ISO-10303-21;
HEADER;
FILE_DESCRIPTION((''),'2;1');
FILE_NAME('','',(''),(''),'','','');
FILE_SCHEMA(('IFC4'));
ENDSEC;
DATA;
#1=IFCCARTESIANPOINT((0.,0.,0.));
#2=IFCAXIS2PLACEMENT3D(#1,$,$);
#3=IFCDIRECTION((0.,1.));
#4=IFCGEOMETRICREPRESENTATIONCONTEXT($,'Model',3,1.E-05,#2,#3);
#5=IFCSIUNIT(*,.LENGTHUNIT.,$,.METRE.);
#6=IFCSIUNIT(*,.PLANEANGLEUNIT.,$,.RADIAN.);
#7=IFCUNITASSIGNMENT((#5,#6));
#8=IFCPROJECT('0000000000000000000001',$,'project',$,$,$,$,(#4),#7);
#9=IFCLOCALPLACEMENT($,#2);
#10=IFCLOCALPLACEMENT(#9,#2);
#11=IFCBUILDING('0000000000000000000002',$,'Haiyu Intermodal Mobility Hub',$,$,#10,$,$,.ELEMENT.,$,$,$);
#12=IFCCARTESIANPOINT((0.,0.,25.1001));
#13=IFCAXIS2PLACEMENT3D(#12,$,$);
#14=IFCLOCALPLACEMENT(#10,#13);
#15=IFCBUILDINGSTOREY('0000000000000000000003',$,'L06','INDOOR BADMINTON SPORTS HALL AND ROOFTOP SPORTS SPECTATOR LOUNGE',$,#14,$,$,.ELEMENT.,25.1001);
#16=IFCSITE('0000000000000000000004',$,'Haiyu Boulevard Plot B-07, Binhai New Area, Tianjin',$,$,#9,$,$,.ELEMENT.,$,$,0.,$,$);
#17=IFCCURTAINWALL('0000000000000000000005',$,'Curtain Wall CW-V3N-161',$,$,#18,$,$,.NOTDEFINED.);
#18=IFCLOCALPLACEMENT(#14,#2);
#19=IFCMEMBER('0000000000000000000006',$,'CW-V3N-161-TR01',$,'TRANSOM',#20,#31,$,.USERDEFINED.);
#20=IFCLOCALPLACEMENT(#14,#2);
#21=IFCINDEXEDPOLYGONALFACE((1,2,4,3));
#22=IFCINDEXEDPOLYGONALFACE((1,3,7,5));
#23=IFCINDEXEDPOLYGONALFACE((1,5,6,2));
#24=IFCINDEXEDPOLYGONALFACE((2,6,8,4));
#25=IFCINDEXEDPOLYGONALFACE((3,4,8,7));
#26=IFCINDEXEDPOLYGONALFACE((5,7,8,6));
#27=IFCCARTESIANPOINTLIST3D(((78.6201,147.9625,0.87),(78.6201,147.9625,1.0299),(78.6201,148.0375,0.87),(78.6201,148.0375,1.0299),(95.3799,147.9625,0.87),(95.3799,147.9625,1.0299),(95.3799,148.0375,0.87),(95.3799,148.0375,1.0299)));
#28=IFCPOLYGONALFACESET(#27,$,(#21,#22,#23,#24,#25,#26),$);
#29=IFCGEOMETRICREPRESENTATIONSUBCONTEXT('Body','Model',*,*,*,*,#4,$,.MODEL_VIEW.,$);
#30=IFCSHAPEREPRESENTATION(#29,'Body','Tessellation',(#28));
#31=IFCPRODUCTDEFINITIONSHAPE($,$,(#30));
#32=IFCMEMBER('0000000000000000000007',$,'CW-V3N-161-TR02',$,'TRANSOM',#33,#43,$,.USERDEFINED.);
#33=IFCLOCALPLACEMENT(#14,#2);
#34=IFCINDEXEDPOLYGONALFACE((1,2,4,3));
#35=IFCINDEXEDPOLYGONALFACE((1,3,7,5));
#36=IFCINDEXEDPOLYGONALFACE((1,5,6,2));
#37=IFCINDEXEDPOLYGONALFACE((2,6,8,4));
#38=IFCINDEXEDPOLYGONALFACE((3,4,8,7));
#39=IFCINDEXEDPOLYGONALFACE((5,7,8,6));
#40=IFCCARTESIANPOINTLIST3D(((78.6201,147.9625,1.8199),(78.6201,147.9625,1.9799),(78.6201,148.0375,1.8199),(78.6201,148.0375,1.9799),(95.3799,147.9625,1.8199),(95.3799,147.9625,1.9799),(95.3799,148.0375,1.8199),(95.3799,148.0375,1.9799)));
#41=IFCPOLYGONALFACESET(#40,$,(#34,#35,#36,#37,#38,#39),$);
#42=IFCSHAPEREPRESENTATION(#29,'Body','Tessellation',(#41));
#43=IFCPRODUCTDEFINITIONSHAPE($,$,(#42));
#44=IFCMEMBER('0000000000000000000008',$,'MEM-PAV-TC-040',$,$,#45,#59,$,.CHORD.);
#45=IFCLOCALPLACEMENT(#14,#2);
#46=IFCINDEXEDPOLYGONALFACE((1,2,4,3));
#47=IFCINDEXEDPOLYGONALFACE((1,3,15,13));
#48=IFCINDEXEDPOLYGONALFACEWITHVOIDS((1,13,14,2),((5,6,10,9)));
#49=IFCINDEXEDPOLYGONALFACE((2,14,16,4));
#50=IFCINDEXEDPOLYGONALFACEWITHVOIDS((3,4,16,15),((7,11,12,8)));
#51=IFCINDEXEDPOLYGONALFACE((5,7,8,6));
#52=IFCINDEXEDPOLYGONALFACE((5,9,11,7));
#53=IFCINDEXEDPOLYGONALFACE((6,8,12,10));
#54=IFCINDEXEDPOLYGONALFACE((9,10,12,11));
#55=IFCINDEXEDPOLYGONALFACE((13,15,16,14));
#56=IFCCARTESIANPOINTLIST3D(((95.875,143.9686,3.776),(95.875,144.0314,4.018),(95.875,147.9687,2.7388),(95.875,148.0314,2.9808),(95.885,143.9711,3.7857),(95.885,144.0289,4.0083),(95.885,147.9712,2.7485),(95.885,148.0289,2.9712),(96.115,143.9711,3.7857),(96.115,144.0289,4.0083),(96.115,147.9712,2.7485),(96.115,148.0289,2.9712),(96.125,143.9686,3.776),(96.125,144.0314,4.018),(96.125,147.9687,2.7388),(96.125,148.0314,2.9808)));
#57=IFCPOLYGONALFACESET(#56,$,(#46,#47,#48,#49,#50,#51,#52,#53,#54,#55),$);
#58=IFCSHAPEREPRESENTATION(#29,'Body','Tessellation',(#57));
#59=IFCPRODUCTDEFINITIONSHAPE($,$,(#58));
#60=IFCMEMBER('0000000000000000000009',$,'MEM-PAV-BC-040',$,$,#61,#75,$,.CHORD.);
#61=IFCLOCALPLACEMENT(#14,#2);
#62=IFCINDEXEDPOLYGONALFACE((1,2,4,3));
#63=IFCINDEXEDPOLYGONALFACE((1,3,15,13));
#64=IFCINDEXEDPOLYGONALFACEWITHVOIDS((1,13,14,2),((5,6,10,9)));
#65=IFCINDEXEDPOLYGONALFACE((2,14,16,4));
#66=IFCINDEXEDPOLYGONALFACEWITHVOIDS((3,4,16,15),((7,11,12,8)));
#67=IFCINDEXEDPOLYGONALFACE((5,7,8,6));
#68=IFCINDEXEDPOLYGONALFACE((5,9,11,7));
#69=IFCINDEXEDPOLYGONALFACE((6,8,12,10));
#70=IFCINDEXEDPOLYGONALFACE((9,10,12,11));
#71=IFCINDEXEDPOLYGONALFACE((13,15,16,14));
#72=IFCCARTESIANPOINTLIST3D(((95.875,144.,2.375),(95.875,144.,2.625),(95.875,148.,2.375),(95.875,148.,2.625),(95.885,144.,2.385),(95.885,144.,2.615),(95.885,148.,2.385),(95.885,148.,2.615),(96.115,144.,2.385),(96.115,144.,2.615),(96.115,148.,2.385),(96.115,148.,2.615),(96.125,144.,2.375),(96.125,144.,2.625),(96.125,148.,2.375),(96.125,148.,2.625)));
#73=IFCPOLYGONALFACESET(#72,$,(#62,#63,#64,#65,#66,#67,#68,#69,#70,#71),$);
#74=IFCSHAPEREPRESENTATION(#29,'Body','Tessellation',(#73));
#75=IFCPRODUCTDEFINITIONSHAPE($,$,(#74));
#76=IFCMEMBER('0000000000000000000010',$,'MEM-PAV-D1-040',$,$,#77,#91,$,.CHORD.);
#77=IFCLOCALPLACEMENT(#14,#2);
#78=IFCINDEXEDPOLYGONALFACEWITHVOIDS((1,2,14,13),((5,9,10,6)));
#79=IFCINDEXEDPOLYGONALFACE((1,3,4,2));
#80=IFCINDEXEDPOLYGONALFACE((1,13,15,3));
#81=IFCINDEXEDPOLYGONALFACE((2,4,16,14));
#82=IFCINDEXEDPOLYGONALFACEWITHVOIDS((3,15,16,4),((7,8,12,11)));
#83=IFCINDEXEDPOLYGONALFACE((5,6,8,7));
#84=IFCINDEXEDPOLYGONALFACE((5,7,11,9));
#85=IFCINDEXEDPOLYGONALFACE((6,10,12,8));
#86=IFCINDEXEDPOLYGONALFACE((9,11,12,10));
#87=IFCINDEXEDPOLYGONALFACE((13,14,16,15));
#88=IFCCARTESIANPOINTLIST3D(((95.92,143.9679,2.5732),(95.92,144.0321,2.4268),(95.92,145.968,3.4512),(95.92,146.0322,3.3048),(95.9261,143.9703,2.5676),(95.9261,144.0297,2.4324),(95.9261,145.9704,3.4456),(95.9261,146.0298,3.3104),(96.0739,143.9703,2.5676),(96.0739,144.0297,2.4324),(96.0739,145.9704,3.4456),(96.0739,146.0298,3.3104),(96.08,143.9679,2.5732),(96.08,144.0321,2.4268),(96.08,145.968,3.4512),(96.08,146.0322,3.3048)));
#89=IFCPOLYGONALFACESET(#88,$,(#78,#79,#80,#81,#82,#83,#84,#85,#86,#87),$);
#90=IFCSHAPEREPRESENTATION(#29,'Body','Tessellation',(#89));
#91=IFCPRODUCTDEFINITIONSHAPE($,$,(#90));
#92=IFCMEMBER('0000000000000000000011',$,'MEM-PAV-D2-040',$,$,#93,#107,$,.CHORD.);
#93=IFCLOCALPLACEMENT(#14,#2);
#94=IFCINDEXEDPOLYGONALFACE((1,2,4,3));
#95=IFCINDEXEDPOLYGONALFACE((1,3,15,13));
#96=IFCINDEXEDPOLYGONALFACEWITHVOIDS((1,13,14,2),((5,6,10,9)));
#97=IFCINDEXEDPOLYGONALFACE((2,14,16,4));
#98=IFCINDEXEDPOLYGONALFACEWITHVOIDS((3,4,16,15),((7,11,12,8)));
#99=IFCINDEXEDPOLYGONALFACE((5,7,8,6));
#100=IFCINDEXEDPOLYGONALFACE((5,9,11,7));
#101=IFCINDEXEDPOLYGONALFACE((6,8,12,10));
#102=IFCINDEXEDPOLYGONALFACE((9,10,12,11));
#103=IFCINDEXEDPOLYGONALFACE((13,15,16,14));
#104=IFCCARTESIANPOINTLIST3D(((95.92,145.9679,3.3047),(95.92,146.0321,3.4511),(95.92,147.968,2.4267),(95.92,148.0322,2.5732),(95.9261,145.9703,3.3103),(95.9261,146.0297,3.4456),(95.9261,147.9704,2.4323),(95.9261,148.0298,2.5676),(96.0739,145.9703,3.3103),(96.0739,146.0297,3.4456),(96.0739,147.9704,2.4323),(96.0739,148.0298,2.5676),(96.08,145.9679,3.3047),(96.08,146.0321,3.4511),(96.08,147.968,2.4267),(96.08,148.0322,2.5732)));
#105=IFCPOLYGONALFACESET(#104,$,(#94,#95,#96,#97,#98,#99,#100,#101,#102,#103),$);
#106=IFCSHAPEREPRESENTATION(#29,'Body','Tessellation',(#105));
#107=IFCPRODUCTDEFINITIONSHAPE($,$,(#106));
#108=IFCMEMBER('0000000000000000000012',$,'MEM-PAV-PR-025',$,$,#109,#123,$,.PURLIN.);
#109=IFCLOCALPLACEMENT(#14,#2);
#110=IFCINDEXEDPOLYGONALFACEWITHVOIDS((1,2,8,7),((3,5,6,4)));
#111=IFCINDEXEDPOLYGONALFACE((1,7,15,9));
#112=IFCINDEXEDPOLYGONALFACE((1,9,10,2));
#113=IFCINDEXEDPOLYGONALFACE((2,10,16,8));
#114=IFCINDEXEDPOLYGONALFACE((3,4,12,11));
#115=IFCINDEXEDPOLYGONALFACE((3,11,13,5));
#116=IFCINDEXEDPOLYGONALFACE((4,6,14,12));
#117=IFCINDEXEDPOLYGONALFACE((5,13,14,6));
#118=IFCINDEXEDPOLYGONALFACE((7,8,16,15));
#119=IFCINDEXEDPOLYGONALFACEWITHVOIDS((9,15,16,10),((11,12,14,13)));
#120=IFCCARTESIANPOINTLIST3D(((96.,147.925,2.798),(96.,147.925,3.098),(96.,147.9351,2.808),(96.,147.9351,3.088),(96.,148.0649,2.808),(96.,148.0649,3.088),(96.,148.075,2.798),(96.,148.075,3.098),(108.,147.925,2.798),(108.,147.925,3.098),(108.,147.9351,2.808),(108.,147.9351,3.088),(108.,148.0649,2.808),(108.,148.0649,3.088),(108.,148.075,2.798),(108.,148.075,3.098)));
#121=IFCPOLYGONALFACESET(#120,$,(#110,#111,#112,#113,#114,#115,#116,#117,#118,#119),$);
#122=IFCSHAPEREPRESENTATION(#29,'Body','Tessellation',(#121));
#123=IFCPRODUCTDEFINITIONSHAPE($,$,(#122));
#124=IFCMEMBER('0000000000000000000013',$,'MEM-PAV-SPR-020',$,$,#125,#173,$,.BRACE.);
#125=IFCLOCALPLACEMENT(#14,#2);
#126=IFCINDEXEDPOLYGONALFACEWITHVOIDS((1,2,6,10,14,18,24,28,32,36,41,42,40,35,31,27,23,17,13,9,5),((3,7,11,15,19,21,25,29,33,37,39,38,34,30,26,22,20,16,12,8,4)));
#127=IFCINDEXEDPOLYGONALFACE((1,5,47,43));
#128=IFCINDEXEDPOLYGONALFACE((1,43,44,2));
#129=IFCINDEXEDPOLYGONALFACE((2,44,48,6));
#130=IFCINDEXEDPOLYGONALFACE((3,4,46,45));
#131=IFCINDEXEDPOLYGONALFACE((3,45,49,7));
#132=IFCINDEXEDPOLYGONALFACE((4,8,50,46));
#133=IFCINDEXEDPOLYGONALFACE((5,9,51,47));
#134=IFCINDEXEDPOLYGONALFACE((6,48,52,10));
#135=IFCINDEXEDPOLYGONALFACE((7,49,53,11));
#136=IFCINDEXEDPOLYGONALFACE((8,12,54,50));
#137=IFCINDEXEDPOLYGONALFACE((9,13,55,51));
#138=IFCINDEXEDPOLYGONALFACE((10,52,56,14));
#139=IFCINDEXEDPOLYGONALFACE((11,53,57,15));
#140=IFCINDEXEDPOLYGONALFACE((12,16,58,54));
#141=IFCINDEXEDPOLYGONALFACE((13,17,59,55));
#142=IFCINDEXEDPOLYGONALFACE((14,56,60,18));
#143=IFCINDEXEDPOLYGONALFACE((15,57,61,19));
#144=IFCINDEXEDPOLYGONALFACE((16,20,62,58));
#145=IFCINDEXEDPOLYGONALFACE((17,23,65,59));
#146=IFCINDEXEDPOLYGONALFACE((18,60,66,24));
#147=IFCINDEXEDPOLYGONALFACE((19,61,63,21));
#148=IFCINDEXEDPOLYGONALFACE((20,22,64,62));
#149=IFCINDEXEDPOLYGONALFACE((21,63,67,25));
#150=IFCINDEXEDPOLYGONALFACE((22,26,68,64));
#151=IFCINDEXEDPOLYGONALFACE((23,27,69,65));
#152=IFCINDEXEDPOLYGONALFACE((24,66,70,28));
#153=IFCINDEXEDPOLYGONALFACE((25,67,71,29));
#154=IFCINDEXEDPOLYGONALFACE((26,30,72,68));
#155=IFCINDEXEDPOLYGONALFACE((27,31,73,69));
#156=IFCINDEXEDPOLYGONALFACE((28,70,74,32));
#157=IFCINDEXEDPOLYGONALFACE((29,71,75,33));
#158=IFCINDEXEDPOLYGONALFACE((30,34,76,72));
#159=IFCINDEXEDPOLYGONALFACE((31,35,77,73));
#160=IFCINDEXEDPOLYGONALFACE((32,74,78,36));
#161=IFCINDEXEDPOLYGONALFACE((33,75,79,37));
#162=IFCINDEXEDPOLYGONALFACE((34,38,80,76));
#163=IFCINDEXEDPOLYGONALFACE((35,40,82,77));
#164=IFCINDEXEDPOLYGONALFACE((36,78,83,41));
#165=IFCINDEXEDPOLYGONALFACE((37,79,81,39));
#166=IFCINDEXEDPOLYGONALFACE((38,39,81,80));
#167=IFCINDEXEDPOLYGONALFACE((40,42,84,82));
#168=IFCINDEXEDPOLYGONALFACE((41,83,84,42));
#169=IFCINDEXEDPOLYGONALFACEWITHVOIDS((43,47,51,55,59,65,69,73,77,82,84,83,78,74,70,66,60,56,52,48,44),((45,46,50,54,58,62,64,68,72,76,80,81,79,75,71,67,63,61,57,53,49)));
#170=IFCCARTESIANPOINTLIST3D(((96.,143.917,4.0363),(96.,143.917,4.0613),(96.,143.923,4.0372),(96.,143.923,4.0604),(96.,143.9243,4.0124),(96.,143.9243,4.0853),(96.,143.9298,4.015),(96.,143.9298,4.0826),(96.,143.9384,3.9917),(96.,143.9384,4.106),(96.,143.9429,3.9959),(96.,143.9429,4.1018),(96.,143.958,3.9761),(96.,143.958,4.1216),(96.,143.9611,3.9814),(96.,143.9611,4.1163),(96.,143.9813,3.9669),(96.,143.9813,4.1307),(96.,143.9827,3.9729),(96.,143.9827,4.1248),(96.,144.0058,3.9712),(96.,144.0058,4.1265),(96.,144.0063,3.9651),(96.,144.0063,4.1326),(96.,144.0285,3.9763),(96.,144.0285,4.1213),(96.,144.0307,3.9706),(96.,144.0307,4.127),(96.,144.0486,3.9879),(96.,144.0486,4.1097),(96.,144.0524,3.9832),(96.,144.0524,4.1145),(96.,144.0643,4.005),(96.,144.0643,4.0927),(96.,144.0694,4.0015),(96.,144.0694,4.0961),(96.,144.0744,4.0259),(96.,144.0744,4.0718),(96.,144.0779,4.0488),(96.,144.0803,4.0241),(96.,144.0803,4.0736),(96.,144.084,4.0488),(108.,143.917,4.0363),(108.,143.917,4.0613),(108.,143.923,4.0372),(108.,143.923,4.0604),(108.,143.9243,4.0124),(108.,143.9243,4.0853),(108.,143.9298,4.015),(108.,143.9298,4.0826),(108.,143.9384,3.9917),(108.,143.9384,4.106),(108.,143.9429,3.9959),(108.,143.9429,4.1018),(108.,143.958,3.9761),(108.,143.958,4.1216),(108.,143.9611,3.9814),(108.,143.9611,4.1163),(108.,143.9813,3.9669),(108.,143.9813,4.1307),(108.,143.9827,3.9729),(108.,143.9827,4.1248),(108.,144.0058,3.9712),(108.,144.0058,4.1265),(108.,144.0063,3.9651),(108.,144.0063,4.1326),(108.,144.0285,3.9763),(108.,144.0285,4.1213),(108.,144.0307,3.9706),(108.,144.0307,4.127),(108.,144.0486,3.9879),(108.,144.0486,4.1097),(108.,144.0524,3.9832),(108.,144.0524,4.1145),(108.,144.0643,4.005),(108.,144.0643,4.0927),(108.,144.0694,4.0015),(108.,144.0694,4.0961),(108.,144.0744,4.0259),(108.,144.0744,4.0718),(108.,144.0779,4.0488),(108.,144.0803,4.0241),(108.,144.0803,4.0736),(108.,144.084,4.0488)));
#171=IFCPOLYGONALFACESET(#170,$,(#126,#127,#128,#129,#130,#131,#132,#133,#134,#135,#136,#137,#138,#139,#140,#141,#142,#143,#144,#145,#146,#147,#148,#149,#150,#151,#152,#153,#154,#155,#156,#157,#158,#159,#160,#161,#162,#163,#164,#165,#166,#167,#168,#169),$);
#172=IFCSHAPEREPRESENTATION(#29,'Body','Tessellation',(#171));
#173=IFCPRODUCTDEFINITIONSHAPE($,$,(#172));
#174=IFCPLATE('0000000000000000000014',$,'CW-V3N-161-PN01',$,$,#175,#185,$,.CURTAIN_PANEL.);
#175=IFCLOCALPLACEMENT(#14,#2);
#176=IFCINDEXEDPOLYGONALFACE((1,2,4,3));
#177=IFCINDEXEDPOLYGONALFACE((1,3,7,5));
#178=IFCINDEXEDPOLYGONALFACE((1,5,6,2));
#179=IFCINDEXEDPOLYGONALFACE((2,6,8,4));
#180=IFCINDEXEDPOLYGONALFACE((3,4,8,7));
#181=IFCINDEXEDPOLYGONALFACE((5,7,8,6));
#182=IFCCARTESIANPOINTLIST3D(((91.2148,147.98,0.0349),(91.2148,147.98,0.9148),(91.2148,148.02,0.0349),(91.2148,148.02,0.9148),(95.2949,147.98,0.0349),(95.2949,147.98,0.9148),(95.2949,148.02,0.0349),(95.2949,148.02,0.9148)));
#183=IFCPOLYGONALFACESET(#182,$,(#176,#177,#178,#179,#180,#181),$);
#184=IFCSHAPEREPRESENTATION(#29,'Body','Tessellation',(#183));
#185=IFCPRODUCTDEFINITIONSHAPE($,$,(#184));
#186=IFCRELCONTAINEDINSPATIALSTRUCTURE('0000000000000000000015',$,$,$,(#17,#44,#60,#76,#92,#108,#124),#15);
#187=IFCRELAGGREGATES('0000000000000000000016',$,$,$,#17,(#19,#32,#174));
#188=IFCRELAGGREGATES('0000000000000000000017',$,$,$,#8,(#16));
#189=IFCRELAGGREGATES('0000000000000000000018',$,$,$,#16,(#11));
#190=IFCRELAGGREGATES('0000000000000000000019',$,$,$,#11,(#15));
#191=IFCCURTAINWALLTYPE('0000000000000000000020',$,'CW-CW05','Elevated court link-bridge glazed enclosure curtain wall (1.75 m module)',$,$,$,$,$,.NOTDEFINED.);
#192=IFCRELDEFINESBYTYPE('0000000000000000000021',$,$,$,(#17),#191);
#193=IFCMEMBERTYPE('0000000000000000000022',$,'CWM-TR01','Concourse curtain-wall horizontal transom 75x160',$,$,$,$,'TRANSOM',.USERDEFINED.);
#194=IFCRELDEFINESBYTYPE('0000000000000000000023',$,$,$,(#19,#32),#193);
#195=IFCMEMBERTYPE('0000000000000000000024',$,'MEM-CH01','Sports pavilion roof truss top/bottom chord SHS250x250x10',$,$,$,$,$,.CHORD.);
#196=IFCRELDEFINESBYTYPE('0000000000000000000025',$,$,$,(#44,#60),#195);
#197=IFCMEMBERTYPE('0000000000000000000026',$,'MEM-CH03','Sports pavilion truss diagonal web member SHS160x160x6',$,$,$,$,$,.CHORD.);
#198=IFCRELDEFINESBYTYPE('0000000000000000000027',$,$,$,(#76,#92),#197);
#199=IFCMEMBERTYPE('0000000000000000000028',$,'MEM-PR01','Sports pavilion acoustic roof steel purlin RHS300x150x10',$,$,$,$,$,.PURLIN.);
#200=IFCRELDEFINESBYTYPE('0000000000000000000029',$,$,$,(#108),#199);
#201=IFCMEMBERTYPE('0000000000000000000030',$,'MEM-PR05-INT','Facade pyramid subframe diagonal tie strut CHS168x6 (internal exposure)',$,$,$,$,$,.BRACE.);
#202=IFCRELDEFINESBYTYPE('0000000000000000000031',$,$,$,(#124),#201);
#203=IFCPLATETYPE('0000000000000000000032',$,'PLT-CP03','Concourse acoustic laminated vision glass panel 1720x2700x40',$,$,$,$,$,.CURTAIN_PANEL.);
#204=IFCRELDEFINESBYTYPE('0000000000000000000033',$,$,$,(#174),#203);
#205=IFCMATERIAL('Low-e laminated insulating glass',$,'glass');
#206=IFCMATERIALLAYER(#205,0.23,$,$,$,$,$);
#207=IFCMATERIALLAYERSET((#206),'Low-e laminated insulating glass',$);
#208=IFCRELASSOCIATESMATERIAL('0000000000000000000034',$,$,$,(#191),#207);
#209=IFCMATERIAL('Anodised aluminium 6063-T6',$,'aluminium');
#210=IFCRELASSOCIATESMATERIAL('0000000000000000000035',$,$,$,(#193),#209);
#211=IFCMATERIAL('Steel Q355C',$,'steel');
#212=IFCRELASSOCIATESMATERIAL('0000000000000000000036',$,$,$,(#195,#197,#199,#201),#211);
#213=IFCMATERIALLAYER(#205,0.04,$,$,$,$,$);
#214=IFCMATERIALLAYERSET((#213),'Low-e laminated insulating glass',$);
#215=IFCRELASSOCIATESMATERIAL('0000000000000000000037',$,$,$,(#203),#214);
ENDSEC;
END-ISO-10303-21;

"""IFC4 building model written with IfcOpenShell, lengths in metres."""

from ifc_helpers import new_model, si_unit, direction, frame, origin, origin_2d, place, context, subcontext, project, spatial, rectangle, hollow_rectangle, hollow_circle, extrude, material, layer, layer_set, material_profile, profile_set, type_object, element, aggregate, save


model = new_model("IFC4")

# Units and contexts
model_context = context("Model", 3, precision=1e-05, world=origin(), true_north=direction((0.0, 1.0)))
body_context = subcontext(model_context, "Body", "Model", "MODEL_VIEW")
ifc_project = project(units=[si_unit("LENGTHUNIT", "METRE"), si_unit("PLANEANGLEUNIT", "RADIAN")], contexts=[model_context])

# Site, building, storey
site_placement = place(None, origin())
site = spatial("IfcSite", under=ifc_project, at=site_placement, Name="Haiyu Boulevard Plot B-07, Binhai New Area, Tianjin", CompositionType="ELEMENT", RefElevation=0.0)
building_placement = place(site_placement, origin())
building = spatial("IfcBuilding", under=site, at=building_placement, Name="Haiyu Intermodal Mobility Hub", CompositionType="ELEMENT")
storey_placement = place(building_placement, frame((0.0, 0.0, 25.1001)))
storey = spatial("IfcBuildingStorey", under=building, at=storey_placement, Name="L06", Description="INDOOR BADMINTON SPORTS HALL AND ROOFTOP SPORTS SPECTATOR LOUNGE", CompositionType="ELEMENT", Elevation=25.1001)

# Shared definitions
ifc_material_1 = material(Name="Steel Q355C", Category="steel")

# Curtain wall
ifc_material_2 = material(Name="Low-e laminated insulating glass", Category="glass")
ifc_layer_1 = layer(ifc_material_2, 0.23)
ifc_layer_set_1 = layer_set([ifc_layer_1], Name="Low-e laminated insulating glass")
curtain_wall_type = type_object("IfcCurtainWallType", Name="CW-CW05", Description="Elevated court link-bridge glazed enclosure curtain wall (1.75 m module)", PredefinedType="NOTDEFINED", material=ifc_layer_set_1)
curtain_wall_1_placement = place(storey_placement, origin())
curtain_wall_1 = element("IfcCurtainWall", 1, at=curtain_wall_1_placement, inside=storey, type_object=curtain_wall_type, Name="Curtain Wall CW-V3N-161", PredefinedType="NOTDEFINED")
ifc_material_3 = material(Name="Anodised aluminium 6063-T6", Category="aluminium")

# Members
ifc_material_profile_1 = material_profile(ifc_material_3, rectangle(XDim=0.075, YDim=0.1599, at=origin_2d()), Name="ALU75x160")
ifc_profile_set_1 = profile_set([ifc_material_profile_1], Name="Anodised aluminium 6063-T6")
member_type_1 = type_object("IfcMemberType", Name="CWM-TR01", Description="Concourse curtain-wall horizontal transom 75x160", ElementType="TRANSOM", PredefinedType="USERDEFINED", material=ifc_profile_set_1)
member_1_placement = place(storey_placement, frame((95.3799, 148.0, 0.95), z_axis=(-1.0, 0.0, 0.0), x_axis=(0.0, -1.0, 0.0)))
member_1 = element("IfcMember", 2, at=member_1_placement, type_object=member_type_1, Name="CW-V3N-161-TR01", ObjectType="TRANSOM", PredefinedType="USERDEFINED", context=body_context, shape_type="SweptSolid", body=[
    extrude(rectangle(XDim=0.075, YDim=0.1599, at=origin_2d()), origin(), (0.0, 0.0, 1.0), 16.7598),
])
member_2_placement = place(storey_placement, frame((95.3799, 148.0, 1.8999), z_axis=(-1.0, 0.0, 0.0), x_axis=(0.0, -1.0, 0.0)))
member_2 = element("IfcMember", 3, at=member_2_placement, type_object=member_type_1, Name="CW-V3N-161-TR02", ObjectType="TRANSOM", PredefinedType="USERDEFINED", context=body_context, shape_type="SweptSolid", body=[
    extrude(rectangle(XDim=0.075, YDim=0.1599, at=origin_2d()), origin(), (0.0, 0.0, 1.0), 16.7598),
])

# Members
ifc_material_profile_2 = material_profile(ifc_material_1, hollow_rectangle(XDim=0.25, YDim=0.25, WallThickness=0.01, at=origin_2d()), Name="SHS250x250x10")
ifc_profile_set_2 = profile_set([ifc_material_profile_2], Name="Steel Q355C")
member_type_2 = type_object("IfcMemberType", Name="MEM-CH01", Description="Sports pavilion roof truss top/bottom chord SHS250x250x10", PredefinedType="CHORD", material=ifc_profile_set_2)
member_3_placement = place(storey_placement, frame((96.0, 144.0, 3.897), z_axis=(0.0, 0.967993, -0.250979), x_axis=(-1.0, 0.0, 0.0)))
element("IfcMember", 4, at=member_3_placement, inside=storey, type_object=member_type_2, Name="MEM-PAV-TC-040", PredefinedType="CHORD", context=body_context, shape_type="SweptSolid", body=[
    extrude(hollow_rectangle(XDim=0.25, YDim=0.25, WallThickness=0.01, at=origin_2d()), origin(), (0.0, 0.0, 1.0), 4.1323),
])
member_4_placement = place(storey_placement, frame((96.0, 144.0, 2.5), z_axis=(0.0, 1.0, 0.0), x_axis=(-1.0, 0.0, 0.0)))
element("IfcMember", 5, at=member_4_placement, inside=storey, type_object=member_type_2, Name="MEM-PAV-BC-040", PredefinedType="CHORD", context=body_context, shape_type="SweptSolid", body=[
    extrude(hollow_rectangle(XDim=0.25, YDim=0.25, WallThickness=0.01, at=origin_2d()), origin(), (0.0, 0.0, 1.0), 4.0),
])
ifc_material_profile_3 = material_profile(ifc_material_1, hollow_rectangle(XDim=0.1599, YDim=0.1599, WallThickness=0.0061, at=origin_2d()), Name="SHS160x160x6")
ifc_profile_set_3 = profile_set([ifc_material_profile_3], Name="Steel Q355C")
member_type_3 = type_object("IfcMemberType", Name="MEM-CH03", Description="Sports pavilion truss diagonal web member SHS160x160x6", PredefinedType="CHORD", material=ifc_profile_set_3)
for number, where, z_axis, x_axis, name in (
    (6, (96.0, 144.0, 2.5), (0.0, 0.915664, 0.401944), (-1.0, 0.0, 0.0), "MEM-PAV-D1-040"),
    (7, (96.0, 146.0, 3.3779), (0.0, 0.915664, -0.401944), (-1.0, 0.0, 0.0), "MEM-PAV-D2-040"),
):
    element("IfcMember", number, at=place(storey_placement, frame(where, z_axis=z_axis, x_axis=x_axis)), inside=storey, type_object=member_type_3, Name=name, PredefinedType="CHORD", context=body_context, shape_type="SweptSolid", body=[
        extrude(hollow_rectangle(XDim=0.1599, YDim=0.1599, WallThickness=0.0061, at=origin_2d()), origin(), (0.0, 0.0, 1.0), 2.1843),
    ])
ifc_material_profile_4 = material_profile(ifc_material_1, hollow_rectangle(XDim=0.1499, YDim=0.3, WallThickness=0.01, at=origin_2d()), Name="RHS300x150x10")
ifc_profile_set_4 = profile_set([ifc_material_profile_4], Name="Steel Q355C")
member_type_4 = type_object("IfcMemberType", Name="MEM-PR01", Description="Sports pavilion acoustic roof steel purlin RHS300x150x10", PredefinedType="PURLIN", material=ifc_profile_set_4)
member_5_placement = place(storey_placement, frame((96.0, 148.0, 2.948), z_axis=(1.0, 0.0, 0.0), x_axis=(0.0, 1.0, 0.0)))
element("IfcMember", 8, at=member_5_placement, inside=storey, type_object=member_type_4, Name="MEM-PAV-PR-025", PredefinedType="PURLIN", context=body_context, shape_type="SweptSolid", body=[
    extrude(hollow_rectangle(XDim=0.1499, YDim=0.3, WallThickness=0.01, at=origin_2d()), origin(), (0.0, 0.0, 1.0), 12.0),
])
ifc_material_profile_5 = material_profile(ifc_material_1, hollow_circle(Radius=0.084, WallThickness=0.0061, at=origin_2d()), Name="CHS168x6")
ifc_profile_set_5 = profile_set([ifc_material_profile_5], Name="Steel Q355C")
member_type_5 = type_object("IfcMemberType", Name="MEM-PR05-INT", Description="Facade pyramid subframe diagonal tie strut CHS168x6 (internal exposure)", PredefinedType="BRACE", material=ifc_profile_set_5)
member_6_placement = place(storey_placement, frame((96.0, 144.0, 4.0488), z_axis=(1.0, 0.0, 0.0), x_axis=(0.0, 1.0, 0.0)))
element("IfcMember", 9, at=member_6_placement, inside=storey, type_object=member_type_5, Name="MEM-PAV-SPR-020", PredefinedType="BRACE", context=body_context, shape_type="SweptSolid", body=[
    extrude(hollow_circle(Radius=0.084, WallThickness=0.0061, at=origin_2d()), origin(), (0.0, 0.0, 1.0), 12.0),
])

# Plate
ifc_layer_2 = layer(ifc_material_2, 0.04)
ifc_layer_set_2 = layer_set([ifc_layer_2], Name="Low-e laminated insulating glass")
plate_type_1 = type_object("IfcPlateType", Name="PLT-CP03", Description="Concourse acoustic laminated vision glass panel 1720x2700x40", PredefinedType="CURTAIN_PANEL", material=ifc_layer_set_2)
plate_1_placement = place(storey_placement, frame((93.2549, 148.0, 0.0349), z_axis=(0.0, 0.0, 1.0), x_axis=(-1.0, 0.0, 0.0)))
plate_1 = element("IfcPlate", 10, at=plate_1_placement, type_object=plate_type_1, Name="CW-V3N-161-PN01", PredefinedType="CURTAIN_PANEL", context=body_context, shape_type="SweptSolid", body=[
    extrude(rectangle(XDim=4.0801, YDim=0.04, at=origin_2d()), origin(), (0.0, 0.0, 1.0), 0.8799),
])
aggregate(curtain_wall_1, [member_1, member_2, plate_1])

save(model, "model.ifc")
